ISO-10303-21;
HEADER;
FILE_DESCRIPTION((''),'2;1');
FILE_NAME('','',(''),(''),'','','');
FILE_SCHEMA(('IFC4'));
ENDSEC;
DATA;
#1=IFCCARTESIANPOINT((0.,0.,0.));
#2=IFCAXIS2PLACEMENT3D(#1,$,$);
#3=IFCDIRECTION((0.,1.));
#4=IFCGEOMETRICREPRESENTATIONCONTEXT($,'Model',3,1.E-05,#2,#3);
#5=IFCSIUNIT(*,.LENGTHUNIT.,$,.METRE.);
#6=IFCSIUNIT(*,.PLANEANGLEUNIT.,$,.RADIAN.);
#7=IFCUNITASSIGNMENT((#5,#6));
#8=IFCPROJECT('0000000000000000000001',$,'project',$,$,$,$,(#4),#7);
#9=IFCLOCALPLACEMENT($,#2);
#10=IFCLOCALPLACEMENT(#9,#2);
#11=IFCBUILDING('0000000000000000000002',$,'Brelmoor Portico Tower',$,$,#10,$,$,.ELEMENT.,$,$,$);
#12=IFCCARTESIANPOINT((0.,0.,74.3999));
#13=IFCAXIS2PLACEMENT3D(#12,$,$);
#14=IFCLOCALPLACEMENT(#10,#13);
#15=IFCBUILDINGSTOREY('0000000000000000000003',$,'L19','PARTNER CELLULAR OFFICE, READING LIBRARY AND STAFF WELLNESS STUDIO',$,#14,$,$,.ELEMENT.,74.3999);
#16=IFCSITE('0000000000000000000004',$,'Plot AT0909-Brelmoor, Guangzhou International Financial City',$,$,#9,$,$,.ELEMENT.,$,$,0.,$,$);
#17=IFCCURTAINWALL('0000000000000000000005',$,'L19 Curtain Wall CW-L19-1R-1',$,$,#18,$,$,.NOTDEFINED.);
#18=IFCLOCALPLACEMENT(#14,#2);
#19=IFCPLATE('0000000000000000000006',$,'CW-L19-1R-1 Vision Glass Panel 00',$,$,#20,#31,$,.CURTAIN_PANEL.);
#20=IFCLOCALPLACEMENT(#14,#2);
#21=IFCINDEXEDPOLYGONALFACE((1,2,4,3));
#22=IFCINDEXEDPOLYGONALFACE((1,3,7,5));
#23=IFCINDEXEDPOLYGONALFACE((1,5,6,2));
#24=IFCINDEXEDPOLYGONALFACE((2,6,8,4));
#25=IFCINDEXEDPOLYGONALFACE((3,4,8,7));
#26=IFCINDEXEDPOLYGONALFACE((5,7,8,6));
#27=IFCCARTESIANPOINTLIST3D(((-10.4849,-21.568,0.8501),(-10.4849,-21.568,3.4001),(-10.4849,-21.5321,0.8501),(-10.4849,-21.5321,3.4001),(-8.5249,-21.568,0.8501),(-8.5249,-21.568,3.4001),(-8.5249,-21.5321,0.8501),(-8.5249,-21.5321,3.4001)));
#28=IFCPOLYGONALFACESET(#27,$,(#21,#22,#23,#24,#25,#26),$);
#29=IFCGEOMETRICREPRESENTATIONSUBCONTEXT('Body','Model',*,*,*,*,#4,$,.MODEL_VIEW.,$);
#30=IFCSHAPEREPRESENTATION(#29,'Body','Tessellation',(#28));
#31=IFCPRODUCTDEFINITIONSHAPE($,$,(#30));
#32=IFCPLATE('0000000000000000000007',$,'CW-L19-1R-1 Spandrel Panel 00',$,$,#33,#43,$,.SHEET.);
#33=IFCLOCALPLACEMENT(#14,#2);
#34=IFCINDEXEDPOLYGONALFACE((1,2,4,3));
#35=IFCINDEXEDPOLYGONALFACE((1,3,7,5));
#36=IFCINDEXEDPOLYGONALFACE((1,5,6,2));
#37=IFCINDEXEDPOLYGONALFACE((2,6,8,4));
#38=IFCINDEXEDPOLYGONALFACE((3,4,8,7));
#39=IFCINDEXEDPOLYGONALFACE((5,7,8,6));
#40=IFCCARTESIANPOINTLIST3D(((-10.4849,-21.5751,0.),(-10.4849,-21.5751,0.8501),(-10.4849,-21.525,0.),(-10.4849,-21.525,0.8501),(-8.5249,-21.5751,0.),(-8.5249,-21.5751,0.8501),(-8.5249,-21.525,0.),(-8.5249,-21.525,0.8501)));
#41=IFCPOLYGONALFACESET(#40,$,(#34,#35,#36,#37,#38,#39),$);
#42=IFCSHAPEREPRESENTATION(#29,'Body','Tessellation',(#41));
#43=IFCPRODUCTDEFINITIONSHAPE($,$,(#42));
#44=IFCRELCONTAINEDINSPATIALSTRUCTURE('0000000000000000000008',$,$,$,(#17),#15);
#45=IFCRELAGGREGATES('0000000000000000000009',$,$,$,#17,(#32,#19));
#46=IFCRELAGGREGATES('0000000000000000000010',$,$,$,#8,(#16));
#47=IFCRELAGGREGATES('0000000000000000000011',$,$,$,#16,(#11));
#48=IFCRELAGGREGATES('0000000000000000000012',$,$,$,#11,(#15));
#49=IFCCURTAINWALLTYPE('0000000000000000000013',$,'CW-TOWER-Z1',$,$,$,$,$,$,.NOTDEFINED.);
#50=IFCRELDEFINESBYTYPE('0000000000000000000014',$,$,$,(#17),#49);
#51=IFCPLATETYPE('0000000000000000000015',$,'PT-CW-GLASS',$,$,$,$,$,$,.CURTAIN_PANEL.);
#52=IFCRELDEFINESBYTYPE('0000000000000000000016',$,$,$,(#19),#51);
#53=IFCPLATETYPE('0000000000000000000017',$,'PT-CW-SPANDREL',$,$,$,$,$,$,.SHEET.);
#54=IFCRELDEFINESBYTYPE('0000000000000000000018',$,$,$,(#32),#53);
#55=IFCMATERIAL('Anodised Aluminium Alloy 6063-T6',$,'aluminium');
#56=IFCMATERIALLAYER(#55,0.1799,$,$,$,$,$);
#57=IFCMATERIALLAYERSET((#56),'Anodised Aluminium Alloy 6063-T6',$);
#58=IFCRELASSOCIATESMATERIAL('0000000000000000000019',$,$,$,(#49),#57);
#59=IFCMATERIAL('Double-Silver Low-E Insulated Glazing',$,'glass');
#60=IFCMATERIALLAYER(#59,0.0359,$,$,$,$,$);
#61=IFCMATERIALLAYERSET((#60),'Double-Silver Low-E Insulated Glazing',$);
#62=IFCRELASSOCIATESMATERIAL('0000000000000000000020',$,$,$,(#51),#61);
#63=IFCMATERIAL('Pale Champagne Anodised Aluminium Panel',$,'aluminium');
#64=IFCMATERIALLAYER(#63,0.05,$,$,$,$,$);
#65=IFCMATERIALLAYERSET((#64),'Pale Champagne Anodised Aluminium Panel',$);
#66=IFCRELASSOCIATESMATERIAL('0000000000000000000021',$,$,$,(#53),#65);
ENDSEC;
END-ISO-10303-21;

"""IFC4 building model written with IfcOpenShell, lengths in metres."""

from ifc_helpers import new_model, si_unit, direction, frame, origin, origin_2d, place, context, subcontext, project, spatial, rectangle, extrude, material, layer, layer_set, type_object, element, aggregate, save


model = new_model("IFC4")

# Units and contexts
model_context = context("Model", 3, precision=1e-05, world=origin(), true_north=direction((0.0, 1.0)))
body_context = subcontext(model_context, "Body", "Model", "MODEL_VIEW")
ifc_project = project(units=[si_unit("LENGTHUNIT", "METRE"), si_unit("PLANEANGLEUNIT", "RADIAN")], contexts=[model_context])

# Site, building, storey
site_placement = place(None, origin())
site = spatial("IfcSite", under=ifc_project, at=site_placement, Name="Plot AT0909-Brelmoor, Guangzhou International Financial City", CompositionType="ELEMENT", RefElevation=0.0)
building_placement = place(site_placement, origin())
building = spatial("IfcBuilding", under=site, at=building_placement, Name="Brelmoor Portico Tower", CompositionType="ELEMENT")
storey_placement = place(building_placement, frame((0.0, 0.0, 74.3999)))
storey = spatial("IfcBuildingStorey", under=building, at=storey_placement, Name="L19", Description="PARTNER CELLULAR OFFICE, READING LIBRARY AND STAFF WELLNESS STUDIO", CompositionType="ELEMENT", Elevation=74.3999)

# Curtain wall
ifc_material_1 = material(Name="Anodised Aluminium Alloy 6063-T6", Category="aluminium")
ifc_layer_1 = layer(ifc_material_1, 0.1799)
ifc_layer_set_1 = layer_set([ifc_layer_1], Name="Anodised Aluminium Alloy 6063-T6")
curtain_wall_type_1 = type_object("IfcCurtainWallType", Name="CW-TOWER-Z1", PredefinedType="NOTDEFINED", material=ifc_layer_set_1)
curtain_wall_1_placement = place(storey_placement, origin())
curtain_wall_1 = element("IfcCurtainWall", 1, at=curtain_wall_1_placement, inside=storey, type_object=curtain_wall_type_1, Name="L19 Curtain Wall CW-L19-1R-1", PredefinedType="NOTDEFINED")

# Plates
ifc_material_2 = material(Name="Double-Silver Low-E Insulated Glazing", Category="glass")
ifc_layer_2 = layer(ifc_material_2, 0.0359)
ifc_layer_set_2 = layer_set([ifc_layer_2], Name="Double-Silver Low-E Insulated Glazing")
plate_type_1 = type_object("IfcPlateType", Name="PT-CW-GLASS", PredefinedType="CURTAIN_PANEL", material=ifc_layer_set_2)
plate_1_placement = place(storey_placement, frame((-9.5049, -21.55, 0.8501), z_axis=(0.0, 0.0, 1.0), x_axis=(1.0, 0.0, 0.0)))
plate_1 = element("IfcPlate", 2, at=plate_1_placement, type_object=plate_type_1, Name="CW-L19-1R-1 Vision Glass Panel 00", PredefinedType="CURTAIN_PANEL", context=body_context, shape_type="SweptSolid", body=[
    extrude(rectangle(XDim=1.96, YDim=0.0359, at=origin_2d()), origin(), (0.0, 0.0, 1.0), 2.55),
])
ifc_material_3 = material(Name="Pale Champagne Anodised Aluminium Panel", Category="aluminium")
ifc_layer_3 = layer(ifc_material_3, 0.05)
ifc_layer_set_3 = layer_set([ifc_layer_3], Name="Pale Champagne Anodised Aluminium Panel")
plate_type_2 = type_object("IfcPlateType", Name="PT-CW-SPANDREL", PredefinedType="SHEET", material=ifc_layer_set_3)
plate_2_placement = place(storey_placement, frame((-9.5049, -21.55, 0.0), z_axis=(0.0, 0.0, 1.0), x_axis=(1.0, 0.0, 0.0)))
plate_2 = element("IfcPlate", 3, at=plate_2_placement, type_object=plate_type_2, Name="CW-L19-1R-1 Spandrel Panel 00", PredefinedType="SHEET", context=body_context, shape_type="SweptSolid", body=[
    extrude(rectangle(XDim=1.96, YDim=0.05, at=origin_2d()), origin(), (0.0, 0.0, 1.0), 0.8501),
])
aggregate(curtain_wall_1, [plate_2, plate_1])

save(model, "model.ifc")
